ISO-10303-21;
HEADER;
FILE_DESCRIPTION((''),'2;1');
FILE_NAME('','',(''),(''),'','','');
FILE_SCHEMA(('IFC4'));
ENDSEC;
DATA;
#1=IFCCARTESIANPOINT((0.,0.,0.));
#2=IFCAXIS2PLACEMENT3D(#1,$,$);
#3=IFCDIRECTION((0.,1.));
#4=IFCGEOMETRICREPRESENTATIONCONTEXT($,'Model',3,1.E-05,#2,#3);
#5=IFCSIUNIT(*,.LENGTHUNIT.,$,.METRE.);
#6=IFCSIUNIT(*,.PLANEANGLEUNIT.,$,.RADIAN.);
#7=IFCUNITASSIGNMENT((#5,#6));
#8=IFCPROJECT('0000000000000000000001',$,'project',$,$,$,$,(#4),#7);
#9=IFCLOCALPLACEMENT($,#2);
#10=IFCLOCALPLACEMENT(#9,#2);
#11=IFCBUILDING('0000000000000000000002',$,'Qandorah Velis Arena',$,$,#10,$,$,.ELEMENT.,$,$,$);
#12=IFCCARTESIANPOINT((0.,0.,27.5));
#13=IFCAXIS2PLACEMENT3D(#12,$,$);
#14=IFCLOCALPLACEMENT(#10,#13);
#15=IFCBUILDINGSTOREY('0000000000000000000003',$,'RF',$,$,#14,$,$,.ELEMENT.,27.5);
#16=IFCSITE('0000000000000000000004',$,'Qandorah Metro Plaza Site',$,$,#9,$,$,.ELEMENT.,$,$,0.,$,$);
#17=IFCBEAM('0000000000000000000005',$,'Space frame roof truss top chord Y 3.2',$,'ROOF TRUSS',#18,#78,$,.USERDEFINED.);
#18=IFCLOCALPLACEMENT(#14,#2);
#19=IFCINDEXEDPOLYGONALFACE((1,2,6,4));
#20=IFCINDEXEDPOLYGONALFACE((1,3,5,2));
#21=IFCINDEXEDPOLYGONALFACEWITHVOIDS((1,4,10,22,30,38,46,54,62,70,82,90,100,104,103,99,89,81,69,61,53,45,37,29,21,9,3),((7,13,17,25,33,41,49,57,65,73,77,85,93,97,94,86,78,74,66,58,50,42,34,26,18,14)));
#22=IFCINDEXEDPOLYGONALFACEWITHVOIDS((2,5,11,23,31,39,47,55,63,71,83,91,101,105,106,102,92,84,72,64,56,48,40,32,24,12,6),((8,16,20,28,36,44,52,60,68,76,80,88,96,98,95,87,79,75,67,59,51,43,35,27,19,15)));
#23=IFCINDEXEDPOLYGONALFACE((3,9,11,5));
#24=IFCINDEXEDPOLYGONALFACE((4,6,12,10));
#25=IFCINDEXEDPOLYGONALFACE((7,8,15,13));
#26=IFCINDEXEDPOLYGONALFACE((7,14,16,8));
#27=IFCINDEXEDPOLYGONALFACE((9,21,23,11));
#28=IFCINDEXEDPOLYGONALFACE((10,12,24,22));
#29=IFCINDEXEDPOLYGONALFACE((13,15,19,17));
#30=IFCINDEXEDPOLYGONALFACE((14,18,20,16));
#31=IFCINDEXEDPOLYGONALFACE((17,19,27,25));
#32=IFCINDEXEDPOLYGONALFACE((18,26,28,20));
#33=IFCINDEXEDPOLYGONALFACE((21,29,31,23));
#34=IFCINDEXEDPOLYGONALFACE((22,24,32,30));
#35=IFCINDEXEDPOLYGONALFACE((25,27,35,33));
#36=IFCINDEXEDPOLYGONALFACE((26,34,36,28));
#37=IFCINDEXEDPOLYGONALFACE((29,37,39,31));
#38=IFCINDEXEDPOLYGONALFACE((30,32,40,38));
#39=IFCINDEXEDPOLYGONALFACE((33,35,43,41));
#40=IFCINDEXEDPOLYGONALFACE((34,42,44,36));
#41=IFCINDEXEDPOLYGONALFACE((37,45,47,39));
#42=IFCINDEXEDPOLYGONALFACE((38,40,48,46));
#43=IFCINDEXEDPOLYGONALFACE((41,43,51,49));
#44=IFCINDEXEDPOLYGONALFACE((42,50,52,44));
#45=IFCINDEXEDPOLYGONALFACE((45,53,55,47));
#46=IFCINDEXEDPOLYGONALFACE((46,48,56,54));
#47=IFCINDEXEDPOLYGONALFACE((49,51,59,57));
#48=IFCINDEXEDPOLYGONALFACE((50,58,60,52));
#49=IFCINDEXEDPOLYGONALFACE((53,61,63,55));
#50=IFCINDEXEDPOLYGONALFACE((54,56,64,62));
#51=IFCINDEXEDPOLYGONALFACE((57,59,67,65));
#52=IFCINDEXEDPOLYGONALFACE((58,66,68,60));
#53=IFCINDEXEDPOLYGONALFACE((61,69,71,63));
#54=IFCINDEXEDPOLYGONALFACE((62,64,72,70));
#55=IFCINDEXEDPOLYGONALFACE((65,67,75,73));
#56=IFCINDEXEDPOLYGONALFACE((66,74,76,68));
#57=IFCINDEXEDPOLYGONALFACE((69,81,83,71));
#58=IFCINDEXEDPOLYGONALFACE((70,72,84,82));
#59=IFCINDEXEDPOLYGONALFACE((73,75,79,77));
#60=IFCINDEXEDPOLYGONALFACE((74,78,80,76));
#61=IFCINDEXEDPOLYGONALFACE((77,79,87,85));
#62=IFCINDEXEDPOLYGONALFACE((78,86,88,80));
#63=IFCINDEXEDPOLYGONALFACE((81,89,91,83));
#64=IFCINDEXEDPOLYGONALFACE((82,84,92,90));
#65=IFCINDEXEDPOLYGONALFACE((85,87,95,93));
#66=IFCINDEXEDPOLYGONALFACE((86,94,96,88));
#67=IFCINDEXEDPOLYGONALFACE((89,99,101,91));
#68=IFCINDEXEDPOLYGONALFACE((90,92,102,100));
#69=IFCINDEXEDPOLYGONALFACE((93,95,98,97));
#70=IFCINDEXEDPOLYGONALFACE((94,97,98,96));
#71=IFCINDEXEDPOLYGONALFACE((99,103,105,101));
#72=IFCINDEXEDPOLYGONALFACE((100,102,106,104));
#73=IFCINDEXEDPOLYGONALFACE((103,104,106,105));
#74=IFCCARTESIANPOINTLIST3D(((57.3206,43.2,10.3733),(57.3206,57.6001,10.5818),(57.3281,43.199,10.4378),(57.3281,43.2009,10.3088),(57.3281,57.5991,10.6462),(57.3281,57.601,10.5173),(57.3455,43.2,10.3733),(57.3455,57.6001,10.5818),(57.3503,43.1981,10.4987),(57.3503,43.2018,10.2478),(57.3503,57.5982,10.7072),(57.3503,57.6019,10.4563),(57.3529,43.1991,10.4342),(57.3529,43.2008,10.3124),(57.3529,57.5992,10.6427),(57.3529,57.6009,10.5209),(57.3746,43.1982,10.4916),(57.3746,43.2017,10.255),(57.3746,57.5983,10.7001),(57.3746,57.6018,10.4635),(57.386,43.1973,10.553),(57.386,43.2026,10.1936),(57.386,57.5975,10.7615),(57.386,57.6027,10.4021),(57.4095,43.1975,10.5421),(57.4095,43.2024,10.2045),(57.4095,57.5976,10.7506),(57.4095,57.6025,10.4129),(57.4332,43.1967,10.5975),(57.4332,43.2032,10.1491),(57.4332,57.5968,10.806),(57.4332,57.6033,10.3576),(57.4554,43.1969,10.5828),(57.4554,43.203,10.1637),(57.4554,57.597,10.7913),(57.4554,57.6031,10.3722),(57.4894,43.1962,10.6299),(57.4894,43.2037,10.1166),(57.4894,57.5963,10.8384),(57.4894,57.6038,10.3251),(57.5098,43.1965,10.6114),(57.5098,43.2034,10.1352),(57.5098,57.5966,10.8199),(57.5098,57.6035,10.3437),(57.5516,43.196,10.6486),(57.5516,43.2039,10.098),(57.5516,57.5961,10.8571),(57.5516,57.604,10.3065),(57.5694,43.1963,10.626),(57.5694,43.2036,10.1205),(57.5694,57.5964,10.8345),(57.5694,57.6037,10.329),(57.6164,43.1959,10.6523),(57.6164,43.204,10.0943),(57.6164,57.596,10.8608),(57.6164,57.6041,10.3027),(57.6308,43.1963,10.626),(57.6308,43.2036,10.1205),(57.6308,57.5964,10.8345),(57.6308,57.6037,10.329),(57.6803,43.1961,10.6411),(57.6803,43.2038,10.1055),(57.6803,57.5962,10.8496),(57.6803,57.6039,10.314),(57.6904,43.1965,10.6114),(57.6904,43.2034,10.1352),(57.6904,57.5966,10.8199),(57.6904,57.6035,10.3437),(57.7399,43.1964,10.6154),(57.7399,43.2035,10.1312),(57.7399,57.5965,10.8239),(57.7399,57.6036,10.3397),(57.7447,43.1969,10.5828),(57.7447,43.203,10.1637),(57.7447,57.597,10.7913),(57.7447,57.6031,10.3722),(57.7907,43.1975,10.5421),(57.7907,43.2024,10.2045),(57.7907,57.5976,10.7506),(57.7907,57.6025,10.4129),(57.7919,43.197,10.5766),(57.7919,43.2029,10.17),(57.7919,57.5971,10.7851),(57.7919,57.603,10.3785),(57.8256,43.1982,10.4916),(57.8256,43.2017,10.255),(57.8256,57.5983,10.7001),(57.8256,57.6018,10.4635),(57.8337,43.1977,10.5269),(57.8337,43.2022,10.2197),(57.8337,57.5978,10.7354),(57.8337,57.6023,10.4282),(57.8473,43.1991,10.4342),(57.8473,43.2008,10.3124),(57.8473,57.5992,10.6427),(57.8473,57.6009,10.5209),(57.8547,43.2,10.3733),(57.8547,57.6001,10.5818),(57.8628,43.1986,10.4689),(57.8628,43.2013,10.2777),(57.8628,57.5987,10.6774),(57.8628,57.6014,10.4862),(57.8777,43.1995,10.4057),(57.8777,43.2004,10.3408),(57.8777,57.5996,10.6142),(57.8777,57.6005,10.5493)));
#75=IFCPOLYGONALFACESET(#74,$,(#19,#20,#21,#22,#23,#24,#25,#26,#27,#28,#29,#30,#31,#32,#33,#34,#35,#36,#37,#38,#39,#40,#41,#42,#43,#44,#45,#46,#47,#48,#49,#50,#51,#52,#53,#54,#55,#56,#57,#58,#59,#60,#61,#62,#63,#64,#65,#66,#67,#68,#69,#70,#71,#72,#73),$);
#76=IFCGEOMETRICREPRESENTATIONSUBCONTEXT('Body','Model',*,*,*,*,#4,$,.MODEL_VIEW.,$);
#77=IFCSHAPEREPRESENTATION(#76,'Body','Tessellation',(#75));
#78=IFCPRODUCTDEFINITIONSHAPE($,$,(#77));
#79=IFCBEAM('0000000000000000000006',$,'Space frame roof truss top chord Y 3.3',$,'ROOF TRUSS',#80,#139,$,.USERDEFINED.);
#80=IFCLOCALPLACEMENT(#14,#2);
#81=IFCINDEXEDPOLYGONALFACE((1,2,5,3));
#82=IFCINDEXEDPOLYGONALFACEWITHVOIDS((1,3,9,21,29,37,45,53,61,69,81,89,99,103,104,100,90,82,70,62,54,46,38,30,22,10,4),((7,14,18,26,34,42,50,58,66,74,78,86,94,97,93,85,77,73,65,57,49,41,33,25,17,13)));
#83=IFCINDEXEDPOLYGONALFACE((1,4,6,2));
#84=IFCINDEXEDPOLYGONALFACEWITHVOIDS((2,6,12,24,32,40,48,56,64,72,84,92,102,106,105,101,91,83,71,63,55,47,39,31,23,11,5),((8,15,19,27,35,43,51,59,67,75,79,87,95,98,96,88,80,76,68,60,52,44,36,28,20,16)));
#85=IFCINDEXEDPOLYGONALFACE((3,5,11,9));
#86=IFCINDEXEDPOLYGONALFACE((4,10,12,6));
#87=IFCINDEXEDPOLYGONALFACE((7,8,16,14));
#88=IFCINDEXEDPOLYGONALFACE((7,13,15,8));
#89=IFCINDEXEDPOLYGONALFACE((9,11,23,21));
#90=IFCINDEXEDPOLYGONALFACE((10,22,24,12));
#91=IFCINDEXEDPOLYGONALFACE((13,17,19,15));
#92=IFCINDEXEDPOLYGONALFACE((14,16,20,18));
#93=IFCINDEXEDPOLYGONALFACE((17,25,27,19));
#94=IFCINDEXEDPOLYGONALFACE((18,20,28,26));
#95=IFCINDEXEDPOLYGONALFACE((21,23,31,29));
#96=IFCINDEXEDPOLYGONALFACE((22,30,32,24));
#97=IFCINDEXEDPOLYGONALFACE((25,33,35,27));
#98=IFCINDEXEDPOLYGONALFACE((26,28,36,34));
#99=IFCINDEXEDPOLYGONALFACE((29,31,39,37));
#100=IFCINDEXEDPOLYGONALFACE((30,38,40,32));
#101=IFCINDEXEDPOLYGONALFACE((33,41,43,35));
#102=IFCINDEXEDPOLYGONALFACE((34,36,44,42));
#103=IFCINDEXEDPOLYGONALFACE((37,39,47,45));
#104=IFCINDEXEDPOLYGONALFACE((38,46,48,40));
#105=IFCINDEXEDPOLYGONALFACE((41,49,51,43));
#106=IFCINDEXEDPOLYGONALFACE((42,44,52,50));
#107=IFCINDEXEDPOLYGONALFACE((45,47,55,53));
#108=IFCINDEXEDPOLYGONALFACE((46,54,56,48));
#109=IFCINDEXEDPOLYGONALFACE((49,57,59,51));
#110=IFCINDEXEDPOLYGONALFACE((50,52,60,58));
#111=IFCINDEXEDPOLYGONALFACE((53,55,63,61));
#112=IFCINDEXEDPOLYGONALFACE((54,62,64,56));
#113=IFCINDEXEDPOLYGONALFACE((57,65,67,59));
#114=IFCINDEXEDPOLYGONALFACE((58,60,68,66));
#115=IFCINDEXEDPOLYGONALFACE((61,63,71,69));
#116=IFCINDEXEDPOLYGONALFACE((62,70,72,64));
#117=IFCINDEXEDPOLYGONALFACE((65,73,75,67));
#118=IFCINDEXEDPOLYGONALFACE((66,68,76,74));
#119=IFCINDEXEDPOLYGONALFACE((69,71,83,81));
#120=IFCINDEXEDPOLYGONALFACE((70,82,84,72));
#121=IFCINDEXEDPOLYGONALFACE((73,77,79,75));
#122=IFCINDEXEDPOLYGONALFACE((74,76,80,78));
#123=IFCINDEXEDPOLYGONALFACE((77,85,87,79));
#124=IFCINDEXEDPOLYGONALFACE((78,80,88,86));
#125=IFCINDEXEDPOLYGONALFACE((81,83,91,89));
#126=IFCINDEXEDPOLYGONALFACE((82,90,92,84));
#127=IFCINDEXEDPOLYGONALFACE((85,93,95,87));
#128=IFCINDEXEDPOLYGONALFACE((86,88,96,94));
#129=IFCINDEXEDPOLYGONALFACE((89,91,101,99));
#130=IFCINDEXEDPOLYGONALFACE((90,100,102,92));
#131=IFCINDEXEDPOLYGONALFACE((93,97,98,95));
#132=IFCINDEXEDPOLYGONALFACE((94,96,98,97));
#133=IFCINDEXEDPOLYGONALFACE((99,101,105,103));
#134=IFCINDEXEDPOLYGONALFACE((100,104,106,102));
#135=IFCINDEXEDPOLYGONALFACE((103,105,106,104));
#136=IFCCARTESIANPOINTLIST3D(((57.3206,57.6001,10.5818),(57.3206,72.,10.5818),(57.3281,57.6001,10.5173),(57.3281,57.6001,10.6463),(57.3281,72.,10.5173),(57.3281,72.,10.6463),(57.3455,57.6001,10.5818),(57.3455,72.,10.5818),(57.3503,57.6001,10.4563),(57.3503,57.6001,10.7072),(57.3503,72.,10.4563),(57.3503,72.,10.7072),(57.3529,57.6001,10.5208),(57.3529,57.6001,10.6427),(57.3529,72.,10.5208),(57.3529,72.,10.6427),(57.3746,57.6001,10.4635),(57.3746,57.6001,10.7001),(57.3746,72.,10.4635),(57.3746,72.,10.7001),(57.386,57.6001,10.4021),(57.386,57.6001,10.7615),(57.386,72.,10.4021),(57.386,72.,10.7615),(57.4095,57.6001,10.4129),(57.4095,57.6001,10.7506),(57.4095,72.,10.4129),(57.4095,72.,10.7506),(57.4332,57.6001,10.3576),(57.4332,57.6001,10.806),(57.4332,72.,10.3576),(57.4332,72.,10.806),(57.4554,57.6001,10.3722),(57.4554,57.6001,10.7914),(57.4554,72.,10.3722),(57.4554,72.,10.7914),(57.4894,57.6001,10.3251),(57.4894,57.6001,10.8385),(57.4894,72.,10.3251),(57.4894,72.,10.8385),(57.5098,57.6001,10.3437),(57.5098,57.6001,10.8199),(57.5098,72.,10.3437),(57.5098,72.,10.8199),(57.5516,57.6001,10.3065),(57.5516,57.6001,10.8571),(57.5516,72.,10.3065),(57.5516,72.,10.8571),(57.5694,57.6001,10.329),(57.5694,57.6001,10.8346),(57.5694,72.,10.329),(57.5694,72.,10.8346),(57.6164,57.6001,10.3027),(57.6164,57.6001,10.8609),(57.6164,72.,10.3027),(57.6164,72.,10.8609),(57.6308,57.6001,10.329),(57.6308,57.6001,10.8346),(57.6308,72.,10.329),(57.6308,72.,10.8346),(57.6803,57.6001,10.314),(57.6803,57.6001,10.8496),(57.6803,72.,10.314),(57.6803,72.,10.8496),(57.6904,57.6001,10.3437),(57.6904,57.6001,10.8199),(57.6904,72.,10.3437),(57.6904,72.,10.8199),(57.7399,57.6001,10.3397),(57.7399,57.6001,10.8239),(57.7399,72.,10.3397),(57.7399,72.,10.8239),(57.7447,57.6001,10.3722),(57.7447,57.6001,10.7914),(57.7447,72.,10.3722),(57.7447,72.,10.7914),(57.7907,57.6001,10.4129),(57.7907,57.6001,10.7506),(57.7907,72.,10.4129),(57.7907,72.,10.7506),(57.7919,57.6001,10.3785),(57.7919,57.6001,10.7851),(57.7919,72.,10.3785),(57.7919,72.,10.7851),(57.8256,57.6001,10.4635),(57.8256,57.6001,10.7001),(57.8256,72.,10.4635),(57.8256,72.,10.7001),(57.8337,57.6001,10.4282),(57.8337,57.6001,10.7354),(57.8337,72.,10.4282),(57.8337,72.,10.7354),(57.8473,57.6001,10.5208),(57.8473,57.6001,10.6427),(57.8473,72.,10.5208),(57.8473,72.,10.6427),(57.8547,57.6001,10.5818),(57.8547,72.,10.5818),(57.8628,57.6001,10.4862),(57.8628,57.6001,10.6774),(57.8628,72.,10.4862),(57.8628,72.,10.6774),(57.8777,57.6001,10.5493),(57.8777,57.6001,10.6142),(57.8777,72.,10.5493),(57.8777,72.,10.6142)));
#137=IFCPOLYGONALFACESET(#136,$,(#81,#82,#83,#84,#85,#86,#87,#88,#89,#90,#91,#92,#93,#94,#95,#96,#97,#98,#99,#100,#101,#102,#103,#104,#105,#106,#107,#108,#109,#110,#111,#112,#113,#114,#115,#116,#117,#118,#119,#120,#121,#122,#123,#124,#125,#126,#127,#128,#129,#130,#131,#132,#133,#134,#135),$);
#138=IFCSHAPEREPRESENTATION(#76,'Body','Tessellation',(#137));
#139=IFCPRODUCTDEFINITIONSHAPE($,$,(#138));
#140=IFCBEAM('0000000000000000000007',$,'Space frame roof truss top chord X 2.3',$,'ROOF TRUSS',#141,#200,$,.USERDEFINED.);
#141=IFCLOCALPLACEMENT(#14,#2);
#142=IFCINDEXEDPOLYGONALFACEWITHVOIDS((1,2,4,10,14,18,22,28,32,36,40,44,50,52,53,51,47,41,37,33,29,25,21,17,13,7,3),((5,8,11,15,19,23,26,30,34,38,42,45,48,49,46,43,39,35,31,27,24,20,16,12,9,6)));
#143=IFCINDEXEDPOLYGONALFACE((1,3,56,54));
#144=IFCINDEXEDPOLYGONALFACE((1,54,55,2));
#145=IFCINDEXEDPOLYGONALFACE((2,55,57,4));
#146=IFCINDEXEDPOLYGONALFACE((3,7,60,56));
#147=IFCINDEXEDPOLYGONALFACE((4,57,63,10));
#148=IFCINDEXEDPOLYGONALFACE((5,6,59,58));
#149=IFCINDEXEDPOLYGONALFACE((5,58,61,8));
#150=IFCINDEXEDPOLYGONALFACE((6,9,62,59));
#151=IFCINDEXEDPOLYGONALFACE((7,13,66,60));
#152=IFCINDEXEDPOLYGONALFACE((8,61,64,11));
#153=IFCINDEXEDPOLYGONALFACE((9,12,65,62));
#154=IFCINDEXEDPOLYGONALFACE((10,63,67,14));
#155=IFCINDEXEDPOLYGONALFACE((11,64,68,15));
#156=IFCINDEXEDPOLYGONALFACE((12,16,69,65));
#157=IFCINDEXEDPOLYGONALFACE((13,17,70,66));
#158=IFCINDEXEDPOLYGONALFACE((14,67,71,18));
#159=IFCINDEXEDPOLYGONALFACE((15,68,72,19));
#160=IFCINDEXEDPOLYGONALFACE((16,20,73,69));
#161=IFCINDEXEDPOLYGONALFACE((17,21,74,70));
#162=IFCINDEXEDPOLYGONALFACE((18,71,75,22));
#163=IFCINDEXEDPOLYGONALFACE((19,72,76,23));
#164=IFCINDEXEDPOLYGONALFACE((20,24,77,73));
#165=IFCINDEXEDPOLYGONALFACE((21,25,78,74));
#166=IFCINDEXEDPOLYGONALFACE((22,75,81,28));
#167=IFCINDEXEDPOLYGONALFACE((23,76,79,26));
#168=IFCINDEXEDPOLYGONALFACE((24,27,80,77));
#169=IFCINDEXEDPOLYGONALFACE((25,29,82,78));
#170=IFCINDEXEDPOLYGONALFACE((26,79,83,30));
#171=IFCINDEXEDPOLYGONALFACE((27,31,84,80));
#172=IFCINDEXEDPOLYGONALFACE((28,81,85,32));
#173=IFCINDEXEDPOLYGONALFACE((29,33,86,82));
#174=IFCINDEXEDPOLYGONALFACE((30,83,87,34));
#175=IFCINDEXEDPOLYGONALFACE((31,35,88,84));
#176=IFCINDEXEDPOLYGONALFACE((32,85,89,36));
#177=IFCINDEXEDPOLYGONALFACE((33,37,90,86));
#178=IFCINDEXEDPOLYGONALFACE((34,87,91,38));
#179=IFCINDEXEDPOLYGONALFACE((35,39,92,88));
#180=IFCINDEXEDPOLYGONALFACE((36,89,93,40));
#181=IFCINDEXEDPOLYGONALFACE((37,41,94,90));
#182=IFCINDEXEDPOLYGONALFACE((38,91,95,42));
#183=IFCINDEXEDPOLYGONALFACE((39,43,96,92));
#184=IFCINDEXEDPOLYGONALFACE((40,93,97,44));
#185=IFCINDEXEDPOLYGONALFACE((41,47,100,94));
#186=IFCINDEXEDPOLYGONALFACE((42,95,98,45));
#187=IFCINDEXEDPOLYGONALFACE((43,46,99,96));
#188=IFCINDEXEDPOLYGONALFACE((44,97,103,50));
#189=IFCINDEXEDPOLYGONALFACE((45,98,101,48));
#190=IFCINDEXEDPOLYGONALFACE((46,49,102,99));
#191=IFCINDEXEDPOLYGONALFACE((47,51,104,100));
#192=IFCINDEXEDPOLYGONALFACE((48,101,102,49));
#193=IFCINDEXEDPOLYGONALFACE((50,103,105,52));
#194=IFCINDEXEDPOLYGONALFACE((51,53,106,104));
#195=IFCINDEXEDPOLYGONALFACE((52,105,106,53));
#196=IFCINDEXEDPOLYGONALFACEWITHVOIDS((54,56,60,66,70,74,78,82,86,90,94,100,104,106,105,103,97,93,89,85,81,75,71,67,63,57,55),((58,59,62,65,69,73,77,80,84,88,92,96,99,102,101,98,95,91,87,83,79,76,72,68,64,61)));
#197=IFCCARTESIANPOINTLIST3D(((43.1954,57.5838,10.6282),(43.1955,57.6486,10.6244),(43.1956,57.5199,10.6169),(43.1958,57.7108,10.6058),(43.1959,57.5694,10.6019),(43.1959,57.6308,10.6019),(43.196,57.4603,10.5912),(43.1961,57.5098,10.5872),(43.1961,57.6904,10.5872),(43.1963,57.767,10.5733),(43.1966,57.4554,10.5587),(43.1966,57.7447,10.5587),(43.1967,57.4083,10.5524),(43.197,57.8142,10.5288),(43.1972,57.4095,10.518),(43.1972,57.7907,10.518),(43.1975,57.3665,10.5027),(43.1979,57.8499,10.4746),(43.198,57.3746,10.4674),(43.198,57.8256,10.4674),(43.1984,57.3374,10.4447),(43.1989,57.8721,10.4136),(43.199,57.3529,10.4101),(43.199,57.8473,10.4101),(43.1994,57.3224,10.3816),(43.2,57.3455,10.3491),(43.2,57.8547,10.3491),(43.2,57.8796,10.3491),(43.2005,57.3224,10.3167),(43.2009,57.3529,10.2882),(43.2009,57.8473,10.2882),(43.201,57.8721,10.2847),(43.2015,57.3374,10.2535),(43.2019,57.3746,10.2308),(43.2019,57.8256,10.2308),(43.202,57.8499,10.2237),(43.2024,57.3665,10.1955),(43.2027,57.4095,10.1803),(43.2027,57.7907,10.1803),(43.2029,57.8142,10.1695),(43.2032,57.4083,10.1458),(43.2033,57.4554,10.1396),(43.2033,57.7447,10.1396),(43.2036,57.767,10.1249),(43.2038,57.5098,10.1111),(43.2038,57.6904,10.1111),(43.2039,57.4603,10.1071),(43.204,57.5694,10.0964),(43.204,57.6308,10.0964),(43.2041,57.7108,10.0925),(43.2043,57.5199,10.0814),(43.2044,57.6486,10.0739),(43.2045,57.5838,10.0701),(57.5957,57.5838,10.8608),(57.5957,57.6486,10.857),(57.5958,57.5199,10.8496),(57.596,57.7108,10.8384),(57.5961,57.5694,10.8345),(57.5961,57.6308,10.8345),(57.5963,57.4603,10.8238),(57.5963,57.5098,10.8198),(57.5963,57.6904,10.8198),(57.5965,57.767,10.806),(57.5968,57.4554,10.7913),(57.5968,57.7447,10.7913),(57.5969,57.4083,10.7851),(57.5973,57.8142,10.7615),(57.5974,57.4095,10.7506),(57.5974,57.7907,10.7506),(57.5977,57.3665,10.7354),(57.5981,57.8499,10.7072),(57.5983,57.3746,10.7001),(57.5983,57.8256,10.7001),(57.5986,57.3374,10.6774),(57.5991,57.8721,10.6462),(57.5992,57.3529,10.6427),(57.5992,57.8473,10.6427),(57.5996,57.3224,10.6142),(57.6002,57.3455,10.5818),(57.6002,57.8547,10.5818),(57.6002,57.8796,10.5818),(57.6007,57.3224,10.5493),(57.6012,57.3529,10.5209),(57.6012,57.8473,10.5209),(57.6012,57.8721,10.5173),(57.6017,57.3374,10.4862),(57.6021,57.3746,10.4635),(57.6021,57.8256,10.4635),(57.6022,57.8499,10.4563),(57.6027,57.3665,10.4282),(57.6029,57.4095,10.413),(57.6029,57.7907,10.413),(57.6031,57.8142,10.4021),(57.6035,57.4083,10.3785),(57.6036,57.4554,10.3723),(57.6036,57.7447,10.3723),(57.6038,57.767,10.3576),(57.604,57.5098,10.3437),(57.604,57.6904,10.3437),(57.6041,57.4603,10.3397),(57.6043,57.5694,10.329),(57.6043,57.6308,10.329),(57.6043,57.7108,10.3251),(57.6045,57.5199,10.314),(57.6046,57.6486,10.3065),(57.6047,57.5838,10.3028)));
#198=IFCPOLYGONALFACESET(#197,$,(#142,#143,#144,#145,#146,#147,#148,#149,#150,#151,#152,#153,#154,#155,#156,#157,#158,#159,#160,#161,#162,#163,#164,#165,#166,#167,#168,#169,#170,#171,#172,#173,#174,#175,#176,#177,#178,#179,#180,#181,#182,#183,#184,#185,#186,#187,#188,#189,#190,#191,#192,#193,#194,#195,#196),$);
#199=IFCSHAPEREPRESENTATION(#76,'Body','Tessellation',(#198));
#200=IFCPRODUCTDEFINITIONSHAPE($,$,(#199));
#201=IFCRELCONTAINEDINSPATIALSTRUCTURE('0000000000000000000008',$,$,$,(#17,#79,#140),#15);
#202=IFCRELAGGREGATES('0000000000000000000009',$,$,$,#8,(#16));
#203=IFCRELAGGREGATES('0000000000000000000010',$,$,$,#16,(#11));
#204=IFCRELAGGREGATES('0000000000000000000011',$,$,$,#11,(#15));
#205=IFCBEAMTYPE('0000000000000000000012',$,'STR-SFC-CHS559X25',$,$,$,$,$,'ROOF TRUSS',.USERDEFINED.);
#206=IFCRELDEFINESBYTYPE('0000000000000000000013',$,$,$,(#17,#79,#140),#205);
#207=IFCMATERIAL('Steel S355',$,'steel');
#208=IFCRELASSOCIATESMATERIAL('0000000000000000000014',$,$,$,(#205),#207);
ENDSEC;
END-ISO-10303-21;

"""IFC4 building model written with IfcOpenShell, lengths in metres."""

from ifc_helpers import new_model, si_unit, direction, frame, origin, origin_2d, place, context, subcontext, project, spatial, hollow_circle, extrude, material, material_profile, profile_set, type_object, element, save


model = new_model("IFC4")

# Units and contexts
model_context = context("Model", 3, precision=1e-05, world=origin(), true_north=direction((0.0, 1.0)))
body_context = subcontext(model_context, "Body", "Model", "MODEL_VIEW")
ifc_project = project(units=[si_unit("LENGTHUNIT", "METRE"), si_unit("PLANEANGLEUNIT", "RADIAN")], contexts=[model_context])

# Site, building, storey
site_placement = place(None, origin())
site = spatial("IfcSite", under=ifc_project, at=site_placement, Name="Qandorah Metro Plaza Site", CompositionType="ELEMENT", RefElevation=0.0)
building_placement = place(site_placement, origin())
building = spatial("IfcBuilding", under=site, at=building_placement, Name="Qandorah Velis Arena", CompositionType="ELEMENT")
storey_placement = place(building_placement, frame((0.0, 0.0, 27.5)))
storey = spatial("IfcBuildingStorey", under=building, at=storey_placement, Name="RF", CompositionType="ELEMENT", Elevation=27.5)

# Shared definitions
ifc_material_1 = material(Name="Steel S355", Category="steel")

# Beams
ifc_material_profile_1 = material_profile(ifc_material_1, hollow_circle(Radius=0.2795, WallThickness=0.0249, at=origin_2d()), Name="CHS 559x25")
ifc_profile_set_1 = profile_set([ifc_material_profile_1], Name="Steel S355")
beam_type_1 = type_object("IfcBeamType", Name="STR-SFC-CHS559X25", ElementType="ROOF TRUSS", PredefinedType="USERDEFINED", material=ifc_profile_set_1)
beam_1_placement = place(storey_placement, frame((57.6001, 43.2, 10.3733), z_axis=(0.0, 0.999895, 0.014477), x_axis=(-1.0, 0.0, 0.0)))
element("IfcBeam", 1, at=beam_1_placement, inside=storey, type_object=beam_type_1, Name="Space frame roof truss top chord Y 3.2", ObjectType="ROOF TRUSS", PredefinedType="USERDEFINED", context=body_context, shape_type="SweptSolid", body=[
    extrude(hollow_circle(Radius=0.2795, WallThickness=0.0249, at=origin_2d()), origin(), (0.0, 0.0, 1.0), 14.4016),
])
beam_2_placement = place(storey_placement, frame((57.6001, 57.6001, 10.5818), z_axis=(0.0, 1.0, 0.0), x_axis=(-1.0, 0.0, 0.0)))
element("IfcBeam", 2, at=beam_2_placement, inside=storey, type_object=beam_type_1, Name="Space frame roof truss top chord Y 3.3", ObjectType="ROOF TRUSS", PredefinedType="USERDEFINED", context=body_context, shape_type="SweptSolid", body=[
    extrude(hollow_circle(Radius=0.2795, WallThickness=0.0249, at=origin_2d()), origin(), (0.0, 0.0, 1.0), 14.3999),
])
beam_3_placement = place(storey_placement, frame((43.2, 57.6001, 10.3491), z_axis=(0.999869, 0.0, 0.016155), x_axis=(0.0, 1.0, 0.0)))
element("IfcBeam", 3, at=beam_3_placement, inside=storey, type_object=beam_type_1, Name="Space frame roof truss top chord X 2.3", ObjectType="ROOF TRUSS", PredefinedType="USERDEFINED", context=body_context, shape_type="SweptSolid", body=[
    extrude(hollow_circle(Radius=0.2795, WallThickness=0.0249, at=origin_2d()), origin(), (0.0, 0.0, 1.0), 14.4021),
])

save(model, "model.ifc")
